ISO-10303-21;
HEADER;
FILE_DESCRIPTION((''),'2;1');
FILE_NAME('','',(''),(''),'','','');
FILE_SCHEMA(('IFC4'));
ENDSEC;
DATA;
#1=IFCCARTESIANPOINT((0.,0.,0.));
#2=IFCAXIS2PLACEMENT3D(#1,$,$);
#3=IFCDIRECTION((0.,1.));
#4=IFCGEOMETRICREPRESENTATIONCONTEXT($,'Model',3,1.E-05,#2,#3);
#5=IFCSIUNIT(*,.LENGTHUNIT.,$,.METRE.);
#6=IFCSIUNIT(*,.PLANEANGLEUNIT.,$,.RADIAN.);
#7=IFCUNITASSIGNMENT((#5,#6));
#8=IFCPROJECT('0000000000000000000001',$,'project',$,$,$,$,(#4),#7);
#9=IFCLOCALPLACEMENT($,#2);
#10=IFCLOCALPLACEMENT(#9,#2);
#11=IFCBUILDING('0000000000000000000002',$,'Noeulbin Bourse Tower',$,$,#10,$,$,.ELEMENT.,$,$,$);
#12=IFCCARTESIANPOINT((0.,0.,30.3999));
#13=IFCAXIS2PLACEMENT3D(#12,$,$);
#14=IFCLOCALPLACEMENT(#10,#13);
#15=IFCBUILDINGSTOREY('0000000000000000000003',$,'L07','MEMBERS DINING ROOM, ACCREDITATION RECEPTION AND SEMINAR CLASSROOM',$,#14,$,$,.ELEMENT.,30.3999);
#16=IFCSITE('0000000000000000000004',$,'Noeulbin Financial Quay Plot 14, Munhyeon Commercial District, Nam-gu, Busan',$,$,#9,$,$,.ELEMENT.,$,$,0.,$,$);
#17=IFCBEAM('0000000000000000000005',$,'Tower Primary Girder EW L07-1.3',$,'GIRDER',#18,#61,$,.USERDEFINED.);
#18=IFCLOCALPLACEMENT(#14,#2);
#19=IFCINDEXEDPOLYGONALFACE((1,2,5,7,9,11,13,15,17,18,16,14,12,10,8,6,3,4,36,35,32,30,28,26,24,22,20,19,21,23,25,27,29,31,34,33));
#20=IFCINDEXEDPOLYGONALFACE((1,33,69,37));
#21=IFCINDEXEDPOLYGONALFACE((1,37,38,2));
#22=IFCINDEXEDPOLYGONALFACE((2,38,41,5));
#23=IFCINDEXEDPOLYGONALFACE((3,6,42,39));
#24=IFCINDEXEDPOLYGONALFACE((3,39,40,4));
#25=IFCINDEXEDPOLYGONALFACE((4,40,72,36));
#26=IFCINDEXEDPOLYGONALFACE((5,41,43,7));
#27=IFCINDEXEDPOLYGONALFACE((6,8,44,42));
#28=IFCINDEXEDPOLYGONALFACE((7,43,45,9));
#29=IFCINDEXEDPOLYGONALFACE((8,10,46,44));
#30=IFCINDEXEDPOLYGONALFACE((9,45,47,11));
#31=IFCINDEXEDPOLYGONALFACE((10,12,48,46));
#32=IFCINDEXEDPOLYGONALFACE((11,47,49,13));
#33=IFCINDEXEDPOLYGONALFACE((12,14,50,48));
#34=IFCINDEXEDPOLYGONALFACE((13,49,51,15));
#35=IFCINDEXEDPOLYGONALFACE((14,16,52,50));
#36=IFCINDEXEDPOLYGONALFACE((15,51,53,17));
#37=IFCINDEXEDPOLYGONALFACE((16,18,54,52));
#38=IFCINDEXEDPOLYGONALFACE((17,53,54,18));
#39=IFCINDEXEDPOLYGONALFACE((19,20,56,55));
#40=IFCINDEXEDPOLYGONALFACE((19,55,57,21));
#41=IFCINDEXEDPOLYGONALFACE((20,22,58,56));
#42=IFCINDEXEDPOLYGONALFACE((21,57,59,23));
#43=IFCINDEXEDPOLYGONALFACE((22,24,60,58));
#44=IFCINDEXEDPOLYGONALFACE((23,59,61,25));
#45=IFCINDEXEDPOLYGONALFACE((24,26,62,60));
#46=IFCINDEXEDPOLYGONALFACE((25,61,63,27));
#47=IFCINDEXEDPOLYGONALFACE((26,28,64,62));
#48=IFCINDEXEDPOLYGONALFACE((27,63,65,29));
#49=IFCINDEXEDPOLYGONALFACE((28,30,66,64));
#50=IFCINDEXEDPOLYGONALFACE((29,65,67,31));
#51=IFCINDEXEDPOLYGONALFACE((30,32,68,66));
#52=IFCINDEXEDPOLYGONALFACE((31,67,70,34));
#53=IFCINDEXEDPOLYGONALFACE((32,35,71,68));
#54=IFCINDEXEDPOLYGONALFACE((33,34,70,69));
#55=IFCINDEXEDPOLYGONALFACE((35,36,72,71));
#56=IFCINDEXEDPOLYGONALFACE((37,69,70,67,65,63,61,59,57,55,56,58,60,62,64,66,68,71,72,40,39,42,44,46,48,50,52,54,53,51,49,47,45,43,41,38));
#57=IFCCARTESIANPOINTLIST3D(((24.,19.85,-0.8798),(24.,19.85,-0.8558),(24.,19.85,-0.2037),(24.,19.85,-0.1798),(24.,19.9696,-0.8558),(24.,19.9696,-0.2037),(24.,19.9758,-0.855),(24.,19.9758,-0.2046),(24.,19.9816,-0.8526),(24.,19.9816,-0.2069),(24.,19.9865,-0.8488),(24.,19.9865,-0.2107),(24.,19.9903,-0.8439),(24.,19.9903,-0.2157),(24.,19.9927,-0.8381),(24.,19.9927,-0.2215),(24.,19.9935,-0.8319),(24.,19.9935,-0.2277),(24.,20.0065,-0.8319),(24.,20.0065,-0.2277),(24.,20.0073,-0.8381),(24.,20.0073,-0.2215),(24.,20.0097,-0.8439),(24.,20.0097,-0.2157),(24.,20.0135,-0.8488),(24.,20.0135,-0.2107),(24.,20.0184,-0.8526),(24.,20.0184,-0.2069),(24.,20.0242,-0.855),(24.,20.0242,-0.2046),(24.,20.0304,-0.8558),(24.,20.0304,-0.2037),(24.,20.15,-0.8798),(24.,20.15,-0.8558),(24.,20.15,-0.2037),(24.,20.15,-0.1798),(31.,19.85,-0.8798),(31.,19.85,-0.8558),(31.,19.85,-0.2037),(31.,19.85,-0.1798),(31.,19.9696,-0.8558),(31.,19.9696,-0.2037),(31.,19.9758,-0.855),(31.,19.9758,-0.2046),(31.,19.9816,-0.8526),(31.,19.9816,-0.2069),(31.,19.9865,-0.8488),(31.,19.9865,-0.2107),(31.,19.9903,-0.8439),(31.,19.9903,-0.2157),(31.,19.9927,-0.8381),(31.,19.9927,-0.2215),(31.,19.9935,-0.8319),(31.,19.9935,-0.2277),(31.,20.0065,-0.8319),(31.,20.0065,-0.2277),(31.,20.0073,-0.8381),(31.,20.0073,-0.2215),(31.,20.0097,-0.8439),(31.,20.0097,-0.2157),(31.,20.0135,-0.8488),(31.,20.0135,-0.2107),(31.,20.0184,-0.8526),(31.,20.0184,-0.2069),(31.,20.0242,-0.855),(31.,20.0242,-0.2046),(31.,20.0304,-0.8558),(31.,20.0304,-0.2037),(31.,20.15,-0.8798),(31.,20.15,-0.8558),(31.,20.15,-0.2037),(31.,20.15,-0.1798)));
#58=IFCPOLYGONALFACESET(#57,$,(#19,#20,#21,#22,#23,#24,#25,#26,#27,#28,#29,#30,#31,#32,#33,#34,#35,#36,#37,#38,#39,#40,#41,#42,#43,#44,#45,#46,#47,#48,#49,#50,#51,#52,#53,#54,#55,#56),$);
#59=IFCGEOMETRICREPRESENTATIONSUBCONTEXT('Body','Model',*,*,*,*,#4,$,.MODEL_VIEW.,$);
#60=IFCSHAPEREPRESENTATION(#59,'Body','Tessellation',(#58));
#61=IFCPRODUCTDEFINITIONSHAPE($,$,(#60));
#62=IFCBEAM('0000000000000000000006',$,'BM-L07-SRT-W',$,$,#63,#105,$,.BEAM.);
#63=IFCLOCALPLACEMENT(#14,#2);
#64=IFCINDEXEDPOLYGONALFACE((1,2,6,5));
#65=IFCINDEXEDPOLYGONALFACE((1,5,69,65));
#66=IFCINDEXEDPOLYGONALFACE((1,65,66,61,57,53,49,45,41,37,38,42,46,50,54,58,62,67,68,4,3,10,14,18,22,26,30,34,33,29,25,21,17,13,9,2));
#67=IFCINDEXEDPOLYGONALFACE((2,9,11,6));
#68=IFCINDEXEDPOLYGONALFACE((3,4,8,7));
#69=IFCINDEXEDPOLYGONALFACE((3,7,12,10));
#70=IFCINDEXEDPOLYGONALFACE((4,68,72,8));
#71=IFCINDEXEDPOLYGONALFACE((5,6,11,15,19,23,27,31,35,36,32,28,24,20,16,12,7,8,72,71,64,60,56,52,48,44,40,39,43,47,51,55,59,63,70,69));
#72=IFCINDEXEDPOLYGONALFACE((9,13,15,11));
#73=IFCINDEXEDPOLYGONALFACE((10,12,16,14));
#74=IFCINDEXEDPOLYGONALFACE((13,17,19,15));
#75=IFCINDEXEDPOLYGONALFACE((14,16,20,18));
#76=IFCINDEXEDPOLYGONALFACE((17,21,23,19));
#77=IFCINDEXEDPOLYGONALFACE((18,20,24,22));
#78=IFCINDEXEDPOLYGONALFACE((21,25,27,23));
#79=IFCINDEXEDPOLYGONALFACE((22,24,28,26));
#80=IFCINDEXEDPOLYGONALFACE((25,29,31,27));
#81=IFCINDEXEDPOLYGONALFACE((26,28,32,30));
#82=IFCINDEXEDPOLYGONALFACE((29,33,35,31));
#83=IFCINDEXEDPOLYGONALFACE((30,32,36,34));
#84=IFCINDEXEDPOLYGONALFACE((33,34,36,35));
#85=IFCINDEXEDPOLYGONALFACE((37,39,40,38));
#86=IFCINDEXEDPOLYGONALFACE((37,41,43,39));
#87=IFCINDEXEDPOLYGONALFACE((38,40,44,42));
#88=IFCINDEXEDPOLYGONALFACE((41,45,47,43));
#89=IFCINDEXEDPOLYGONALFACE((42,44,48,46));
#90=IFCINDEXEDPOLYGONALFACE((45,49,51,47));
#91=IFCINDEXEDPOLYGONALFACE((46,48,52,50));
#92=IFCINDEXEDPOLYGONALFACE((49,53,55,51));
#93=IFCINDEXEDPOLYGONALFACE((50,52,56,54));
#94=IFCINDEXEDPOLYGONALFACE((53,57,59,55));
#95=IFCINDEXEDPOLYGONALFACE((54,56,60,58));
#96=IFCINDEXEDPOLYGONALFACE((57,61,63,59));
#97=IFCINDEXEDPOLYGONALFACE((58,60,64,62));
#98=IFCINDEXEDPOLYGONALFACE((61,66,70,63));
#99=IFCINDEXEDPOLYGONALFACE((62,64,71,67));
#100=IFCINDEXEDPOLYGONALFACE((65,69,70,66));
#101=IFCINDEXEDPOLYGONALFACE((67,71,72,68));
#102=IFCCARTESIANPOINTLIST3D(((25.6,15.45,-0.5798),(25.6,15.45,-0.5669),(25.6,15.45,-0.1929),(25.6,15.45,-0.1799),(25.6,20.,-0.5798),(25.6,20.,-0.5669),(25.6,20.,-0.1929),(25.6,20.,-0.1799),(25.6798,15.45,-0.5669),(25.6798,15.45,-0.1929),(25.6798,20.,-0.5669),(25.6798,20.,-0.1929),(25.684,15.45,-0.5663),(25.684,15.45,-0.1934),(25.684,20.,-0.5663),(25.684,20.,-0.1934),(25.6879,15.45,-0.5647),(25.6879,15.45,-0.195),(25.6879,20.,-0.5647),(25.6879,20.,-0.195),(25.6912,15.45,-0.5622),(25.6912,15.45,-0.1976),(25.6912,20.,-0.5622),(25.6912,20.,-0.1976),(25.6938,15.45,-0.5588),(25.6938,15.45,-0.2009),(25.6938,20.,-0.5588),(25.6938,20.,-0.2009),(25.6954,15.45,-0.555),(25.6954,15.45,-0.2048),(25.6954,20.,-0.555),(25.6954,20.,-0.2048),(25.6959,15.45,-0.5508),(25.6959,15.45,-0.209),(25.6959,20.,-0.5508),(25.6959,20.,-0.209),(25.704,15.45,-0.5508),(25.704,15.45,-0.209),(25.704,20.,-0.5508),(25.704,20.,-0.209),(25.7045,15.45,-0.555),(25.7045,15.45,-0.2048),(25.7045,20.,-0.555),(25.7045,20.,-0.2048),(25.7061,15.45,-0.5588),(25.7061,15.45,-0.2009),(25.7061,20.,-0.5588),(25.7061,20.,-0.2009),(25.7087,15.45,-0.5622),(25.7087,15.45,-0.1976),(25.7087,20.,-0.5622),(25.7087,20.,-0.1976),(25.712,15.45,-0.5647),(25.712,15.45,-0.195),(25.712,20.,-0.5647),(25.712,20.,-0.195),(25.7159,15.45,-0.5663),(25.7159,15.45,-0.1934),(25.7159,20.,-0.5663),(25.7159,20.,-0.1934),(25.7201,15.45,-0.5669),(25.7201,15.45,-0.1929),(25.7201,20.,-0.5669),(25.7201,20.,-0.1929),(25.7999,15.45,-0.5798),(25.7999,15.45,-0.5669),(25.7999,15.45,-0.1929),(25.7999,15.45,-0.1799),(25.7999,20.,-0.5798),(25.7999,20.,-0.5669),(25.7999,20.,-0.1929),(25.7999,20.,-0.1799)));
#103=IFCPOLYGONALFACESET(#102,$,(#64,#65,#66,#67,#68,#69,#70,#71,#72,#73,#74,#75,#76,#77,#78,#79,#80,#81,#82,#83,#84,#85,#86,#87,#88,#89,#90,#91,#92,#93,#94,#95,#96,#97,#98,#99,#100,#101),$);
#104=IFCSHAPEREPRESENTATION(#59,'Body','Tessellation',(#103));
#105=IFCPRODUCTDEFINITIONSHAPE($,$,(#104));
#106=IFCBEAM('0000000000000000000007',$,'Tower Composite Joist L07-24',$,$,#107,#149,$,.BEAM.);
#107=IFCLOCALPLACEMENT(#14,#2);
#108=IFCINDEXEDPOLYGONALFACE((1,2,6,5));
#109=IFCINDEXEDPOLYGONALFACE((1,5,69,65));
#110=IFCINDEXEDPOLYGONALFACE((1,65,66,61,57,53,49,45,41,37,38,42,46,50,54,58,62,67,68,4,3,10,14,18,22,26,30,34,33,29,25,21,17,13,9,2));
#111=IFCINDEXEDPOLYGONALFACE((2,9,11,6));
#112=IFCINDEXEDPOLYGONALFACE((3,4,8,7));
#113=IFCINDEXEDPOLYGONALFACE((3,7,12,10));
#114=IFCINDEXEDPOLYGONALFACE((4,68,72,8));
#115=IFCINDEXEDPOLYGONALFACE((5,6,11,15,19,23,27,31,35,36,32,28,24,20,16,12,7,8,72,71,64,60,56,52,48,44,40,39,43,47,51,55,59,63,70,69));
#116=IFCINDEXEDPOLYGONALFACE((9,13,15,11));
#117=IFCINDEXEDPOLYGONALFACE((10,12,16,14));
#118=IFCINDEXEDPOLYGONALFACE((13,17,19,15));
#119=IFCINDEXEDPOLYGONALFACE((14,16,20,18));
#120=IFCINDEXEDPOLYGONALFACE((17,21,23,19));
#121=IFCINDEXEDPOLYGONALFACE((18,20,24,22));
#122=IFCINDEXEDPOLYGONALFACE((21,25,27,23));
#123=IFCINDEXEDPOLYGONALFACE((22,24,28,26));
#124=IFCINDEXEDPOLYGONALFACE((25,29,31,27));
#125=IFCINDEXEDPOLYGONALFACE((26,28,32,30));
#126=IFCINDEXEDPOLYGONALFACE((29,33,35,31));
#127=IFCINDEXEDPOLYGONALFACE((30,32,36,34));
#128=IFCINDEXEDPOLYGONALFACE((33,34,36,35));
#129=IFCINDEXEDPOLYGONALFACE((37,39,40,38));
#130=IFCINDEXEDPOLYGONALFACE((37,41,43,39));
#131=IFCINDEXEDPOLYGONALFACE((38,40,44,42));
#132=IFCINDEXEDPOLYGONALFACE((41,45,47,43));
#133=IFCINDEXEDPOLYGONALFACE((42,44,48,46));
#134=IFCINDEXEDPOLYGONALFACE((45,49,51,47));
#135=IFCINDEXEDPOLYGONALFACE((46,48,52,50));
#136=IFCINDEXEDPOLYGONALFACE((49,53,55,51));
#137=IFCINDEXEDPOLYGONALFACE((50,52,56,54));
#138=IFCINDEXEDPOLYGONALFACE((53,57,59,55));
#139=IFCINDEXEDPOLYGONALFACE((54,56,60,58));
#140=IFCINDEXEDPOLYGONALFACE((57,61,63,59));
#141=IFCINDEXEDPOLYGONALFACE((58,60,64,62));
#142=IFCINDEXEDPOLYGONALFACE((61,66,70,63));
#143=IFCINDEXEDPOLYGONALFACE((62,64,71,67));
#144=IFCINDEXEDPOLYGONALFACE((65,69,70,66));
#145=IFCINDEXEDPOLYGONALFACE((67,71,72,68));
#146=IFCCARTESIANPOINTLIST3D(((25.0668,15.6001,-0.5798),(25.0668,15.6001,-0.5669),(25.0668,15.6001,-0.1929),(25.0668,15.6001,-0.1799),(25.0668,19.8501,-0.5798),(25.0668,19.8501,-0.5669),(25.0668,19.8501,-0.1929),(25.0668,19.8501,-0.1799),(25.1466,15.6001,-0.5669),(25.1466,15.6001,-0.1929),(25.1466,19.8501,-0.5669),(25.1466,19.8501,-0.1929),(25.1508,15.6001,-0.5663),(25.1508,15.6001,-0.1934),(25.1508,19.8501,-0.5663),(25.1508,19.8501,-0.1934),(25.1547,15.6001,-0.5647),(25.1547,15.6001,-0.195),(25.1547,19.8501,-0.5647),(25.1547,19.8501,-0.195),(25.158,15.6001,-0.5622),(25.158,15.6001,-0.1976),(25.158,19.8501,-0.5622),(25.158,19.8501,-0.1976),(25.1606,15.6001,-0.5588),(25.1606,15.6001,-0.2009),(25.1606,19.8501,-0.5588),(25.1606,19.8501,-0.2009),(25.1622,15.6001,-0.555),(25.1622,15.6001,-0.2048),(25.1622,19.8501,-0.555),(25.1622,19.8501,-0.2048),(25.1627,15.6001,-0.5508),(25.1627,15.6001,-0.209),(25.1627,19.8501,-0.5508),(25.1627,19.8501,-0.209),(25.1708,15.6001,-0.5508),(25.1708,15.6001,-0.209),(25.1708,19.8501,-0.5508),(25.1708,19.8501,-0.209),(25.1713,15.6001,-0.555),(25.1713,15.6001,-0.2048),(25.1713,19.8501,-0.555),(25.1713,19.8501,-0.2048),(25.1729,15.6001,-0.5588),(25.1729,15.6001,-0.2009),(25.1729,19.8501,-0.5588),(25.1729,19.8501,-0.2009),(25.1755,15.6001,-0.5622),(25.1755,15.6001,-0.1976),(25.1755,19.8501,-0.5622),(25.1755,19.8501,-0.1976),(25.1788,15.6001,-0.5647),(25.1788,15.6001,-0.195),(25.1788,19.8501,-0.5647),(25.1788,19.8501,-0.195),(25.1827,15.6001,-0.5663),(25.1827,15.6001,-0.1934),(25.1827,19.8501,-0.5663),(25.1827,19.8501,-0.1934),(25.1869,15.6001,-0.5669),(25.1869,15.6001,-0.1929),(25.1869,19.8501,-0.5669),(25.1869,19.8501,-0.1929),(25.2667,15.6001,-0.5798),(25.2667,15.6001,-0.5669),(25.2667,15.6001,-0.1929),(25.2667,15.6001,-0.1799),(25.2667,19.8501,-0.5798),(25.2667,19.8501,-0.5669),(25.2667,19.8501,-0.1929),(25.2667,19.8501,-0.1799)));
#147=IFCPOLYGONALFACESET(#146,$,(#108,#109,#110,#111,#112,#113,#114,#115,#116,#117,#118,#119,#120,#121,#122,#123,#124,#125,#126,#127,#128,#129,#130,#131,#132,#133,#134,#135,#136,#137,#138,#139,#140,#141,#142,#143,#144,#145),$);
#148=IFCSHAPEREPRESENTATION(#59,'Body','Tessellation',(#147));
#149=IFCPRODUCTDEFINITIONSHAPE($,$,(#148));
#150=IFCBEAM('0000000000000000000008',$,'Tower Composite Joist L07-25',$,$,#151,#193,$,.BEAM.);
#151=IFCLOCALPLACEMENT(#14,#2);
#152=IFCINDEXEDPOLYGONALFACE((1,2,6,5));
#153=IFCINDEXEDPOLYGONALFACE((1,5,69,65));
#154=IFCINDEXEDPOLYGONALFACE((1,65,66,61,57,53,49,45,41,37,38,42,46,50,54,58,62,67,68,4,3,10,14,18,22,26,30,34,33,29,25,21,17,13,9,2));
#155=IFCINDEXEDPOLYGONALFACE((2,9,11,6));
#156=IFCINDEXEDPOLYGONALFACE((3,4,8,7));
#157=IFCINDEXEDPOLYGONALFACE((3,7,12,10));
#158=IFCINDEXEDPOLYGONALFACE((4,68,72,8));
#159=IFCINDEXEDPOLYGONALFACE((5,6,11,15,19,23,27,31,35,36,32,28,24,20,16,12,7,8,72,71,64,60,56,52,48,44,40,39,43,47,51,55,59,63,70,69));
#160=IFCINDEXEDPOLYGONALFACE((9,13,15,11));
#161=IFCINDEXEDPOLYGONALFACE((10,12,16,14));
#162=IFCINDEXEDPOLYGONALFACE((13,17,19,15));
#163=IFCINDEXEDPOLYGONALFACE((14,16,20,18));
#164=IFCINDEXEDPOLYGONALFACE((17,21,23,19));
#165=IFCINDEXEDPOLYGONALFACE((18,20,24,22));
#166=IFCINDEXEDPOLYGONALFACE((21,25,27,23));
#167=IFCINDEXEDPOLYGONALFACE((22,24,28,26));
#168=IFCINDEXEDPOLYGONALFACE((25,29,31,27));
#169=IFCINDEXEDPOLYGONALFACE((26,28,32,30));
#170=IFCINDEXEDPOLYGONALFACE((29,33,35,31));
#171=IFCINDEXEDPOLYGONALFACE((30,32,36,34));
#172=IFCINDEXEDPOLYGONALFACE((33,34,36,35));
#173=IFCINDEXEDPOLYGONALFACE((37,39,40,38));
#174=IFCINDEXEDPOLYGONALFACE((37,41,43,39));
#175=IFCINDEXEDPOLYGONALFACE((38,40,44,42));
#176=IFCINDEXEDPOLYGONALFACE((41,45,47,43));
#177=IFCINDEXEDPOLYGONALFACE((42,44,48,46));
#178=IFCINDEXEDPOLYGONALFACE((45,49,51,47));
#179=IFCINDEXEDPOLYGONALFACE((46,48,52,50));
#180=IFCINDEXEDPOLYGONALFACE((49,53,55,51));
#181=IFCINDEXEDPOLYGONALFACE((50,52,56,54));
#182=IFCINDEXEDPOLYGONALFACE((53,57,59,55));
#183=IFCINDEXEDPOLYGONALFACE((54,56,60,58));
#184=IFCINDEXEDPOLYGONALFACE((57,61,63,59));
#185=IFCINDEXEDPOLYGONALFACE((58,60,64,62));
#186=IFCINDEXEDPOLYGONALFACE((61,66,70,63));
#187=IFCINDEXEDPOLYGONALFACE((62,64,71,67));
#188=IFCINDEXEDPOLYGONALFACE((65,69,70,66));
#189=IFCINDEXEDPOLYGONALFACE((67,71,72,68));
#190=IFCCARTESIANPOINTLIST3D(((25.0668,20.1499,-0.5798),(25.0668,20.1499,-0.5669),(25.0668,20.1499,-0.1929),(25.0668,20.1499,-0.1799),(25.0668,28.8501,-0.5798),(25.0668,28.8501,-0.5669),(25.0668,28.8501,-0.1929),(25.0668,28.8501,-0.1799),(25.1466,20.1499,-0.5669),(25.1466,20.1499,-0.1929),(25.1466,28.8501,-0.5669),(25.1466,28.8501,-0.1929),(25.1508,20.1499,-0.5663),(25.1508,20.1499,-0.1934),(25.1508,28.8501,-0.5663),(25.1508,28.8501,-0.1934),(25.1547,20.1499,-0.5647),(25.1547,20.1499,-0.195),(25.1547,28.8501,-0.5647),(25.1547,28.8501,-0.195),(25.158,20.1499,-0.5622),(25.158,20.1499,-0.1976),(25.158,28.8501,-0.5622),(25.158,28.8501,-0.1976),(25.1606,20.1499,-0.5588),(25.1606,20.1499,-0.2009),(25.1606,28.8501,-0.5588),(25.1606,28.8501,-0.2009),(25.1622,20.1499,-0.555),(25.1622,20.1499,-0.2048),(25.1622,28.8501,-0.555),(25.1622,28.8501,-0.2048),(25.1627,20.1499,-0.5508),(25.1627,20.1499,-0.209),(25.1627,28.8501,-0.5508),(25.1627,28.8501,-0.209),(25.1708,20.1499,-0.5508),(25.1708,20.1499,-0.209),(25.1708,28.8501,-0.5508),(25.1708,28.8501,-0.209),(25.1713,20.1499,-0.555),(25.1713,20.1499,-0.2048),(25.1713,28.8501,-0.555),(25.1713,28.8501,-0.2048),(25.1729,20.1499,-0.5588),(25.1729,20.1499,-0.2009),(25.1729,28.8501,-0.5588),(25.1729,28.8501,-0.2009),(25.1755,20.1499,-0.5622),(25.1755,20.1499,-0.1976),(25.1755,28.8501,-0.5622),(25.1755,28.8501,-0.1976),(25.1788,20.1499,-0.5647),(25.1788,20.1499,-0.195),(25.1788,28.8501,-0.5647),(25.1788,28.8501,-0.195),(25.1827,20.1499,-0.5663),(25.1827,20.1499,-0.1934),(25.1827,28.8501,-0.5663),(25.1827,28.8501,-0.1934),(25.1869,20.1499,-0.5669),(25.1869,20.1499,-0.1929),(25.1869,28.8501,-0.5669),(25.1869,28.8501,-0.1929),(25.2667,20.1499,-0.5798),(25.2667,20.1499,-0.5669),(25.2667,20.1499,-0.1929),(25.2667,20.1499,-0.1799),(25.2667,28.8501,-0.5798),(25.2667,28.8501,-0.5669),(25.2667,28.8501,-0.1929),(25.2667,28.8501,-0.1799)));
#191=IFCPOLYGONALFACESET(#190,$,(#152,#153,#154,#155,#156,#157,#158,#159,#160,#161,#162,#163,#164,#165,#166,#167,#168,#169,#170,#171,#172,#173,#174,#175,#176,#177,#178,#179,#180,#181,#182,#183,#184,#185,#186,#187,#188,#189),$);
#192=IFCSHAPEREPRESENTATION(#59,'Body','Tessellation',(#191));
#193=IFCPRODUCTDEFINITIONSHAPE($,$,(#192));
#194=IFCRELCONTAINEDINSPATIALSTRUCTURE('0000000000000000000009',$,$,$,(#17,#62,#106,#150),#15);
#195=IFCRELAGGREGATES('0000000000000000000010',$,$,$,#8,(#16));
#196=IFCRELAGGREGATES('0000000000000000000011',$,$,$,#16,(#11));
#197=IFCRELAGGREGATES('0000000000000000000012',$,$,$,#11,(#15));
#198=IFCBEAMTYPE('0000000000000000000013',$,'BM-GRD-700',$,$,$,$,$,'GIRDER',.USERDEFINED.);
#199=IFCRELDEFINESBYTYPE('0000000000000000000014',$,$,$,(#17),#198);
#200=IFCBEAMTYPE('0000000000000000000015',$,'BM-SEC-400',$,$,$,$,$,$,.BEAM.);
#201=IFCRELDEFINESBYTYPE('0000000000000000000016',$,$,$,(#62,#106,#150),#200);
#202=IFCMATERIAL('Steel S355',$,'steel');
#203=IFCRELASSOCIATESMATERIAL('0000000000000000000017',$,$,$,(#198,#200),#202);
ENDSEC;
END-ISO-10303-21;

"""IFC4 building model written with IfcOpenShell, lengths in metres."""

from ifc_helpers import new_model, si_unit, direction, frame, origin, origin_2d, place, context, subcontext, project, spatial, i_section, extrude, material, material_profile, profile_set, type_object, element, save


model = new_model("IFC4")

# Units and contexts
model_context = context("Model", 3, precision=1e-05, world=origin(), true_north=direction((0.0, 1.0)))
body_context = subcontext(model_context, "Body", "Model", "MODEL_VIEW")
ifc_project = project(units=[si_unit("LENGTHUNIT", "METRE"), si_unit("PLANEANGLEUNIT", "RADIAN")], contexts=[model_context])

# Site, building, storey
site_placement = place(None, origin())
site = spatial("IfcSite", under=ifc_project, at=site_placement, Name="Noeulbin Financial Quay Plot 14, Munhyeon Commercial District, Nam-gu, Busan", CompositionType="ELEMENT", RefElevation=0.0)
building_placement = place(site_placement, origin())
building = spatial("IfcBuilding", under=site, at=building_placement, Name="Noeulbin Bourse Tower", CompositionType="ELEMENT")
storey_placement = place(building_placement, frame((0.0, 0.0, 30.3999)))
storey = spatial("IfcBuildingStorey", under=building, at=storey_placement, Name="L07", Description="MEMBERS DINING ROOM, ACCREDITATION RECEPTION AND SEMINAR CLASSROOM", CompositionType="ELEMENT", Elevation=30.3999)

# Beams
ifc_material_1 = material(Name="Steel S355", Category="steel")
ifc_material_profile_1 = material_profile(ifc_material_1, i_section(OverallWidth=0.3, OverallDepth=0.7, WebThickness=0.0129, FlangeThickness=0.0239, FilletRadius=0.0239, at=origin_2d()), Name="H-700x300x13x24", Category="LoadBearing")
ifc_profile_set_1 = profile_set([ifc_material_profile_1], Name="Steel S355")
beam_type_1 = type_object("IfcBeamType", Name="BM-GRD-700", ElementType="GIRDER", PredefinedType="USERDEFINED", material=ifc_profile_set_1)
beam_1_placement = place(storey_placement, frame((24.0, 20.0, -0.5298), z_axis=(1.0, 0.0, 0.0), x_axis=(0.0, 1.0, 0.0)))
element("IfcBeam", 1, at=beam_1_placement, inside=storey, type_object=beam_type_1, Name="Tower Primary Girder EW L07-1.3", ObjectType="GIRDER", PredefinedType="USERDEFINED", context=body_context, shape_type="SweptSolid", body=[
    extrude(i_section(OverallWidth=0.3, OverallDepth=0.7, WebThickness=0.0129, FlangeThickness=0.0239, FilletRadius=0.0239, at=origin_2d()), origin(), (0.0, 0.0, 1.0), 7.0),
])
ifc_material_profile_2 = material_profile(ifc_material_1, i_section(OverallWidth=0.2, OverallDepth=0.3999, WebThickness=0.0081, FlangeThickness=0.0129, FilletRadius=0.0161, at=origin_2d()), Name="H-400x200x8x13", Category="LoadBearing")
ifc_profile_set_2 = profile_set([ifc_material_profile_2], Name="Steel S355")
beam_type_2 = type_object("IfcBeamType", Name="BM-SEC-400", PredefinedType="BEAM", material=ifc_profile_set_2)
beam_2_placement = place(storey_placement, frame((25.7, 15.45, -0.3799), z_axis=(0.0, 1.0, 0.0), x_axis=(-1.0, 0.0, 0.0)))
element("IfcBeam", 2, at=beam_2_placement, inside=storey, type_object=beam_type_2, Name="BM-L07-SRT-W", PredefinedType="BEAM", context=body_context, shape_type="SweptSolid", body=[
    extrude(i_section(OverallWidth=0.2, OverallDepth=0.3999, WebThickness=0.0081, FlangeThickness=0.0129, FilletRadius=0.0161, at=origin_2d()), origin(), (0.0, 0.0, 1.0), 4.55),
])
beam_3_placement = place(storey_placement, frame((25.1667, 15.6001, -0.3799), z_axis=(0.0, 1.0, 0.0), x_axis=(-1.0, 0.0, 0.0)))
element("IfcBeam", 3, at=beam_3_placement, inside=storey, type_object=beam_type_2, Name="Tower Composite Joist L07-24", PredefinedType="BEAM", context=body_context, shape_type="SweptSolid", body=[
    extrude(i_section(OverallWidth=0.2, OverallDepth=0.3999, WebThickness=0.0081, FlangeThickness=0.0129, FilletRadius=0.0161, at=origin_2d()), origin(), (0.0, 0.0, 1.0), 4.25),
])
beam_4_placement = place(storey_placement, frame((25.1667, 20.1499, -0.3799), z_axis=(0.0, 1.0, 0.0), x_axis=(-1.0, 0.0, 0.0)))
element("IfcBeam", 4, at=beam_4_placement, inside=storey, type_object=beam_type_2, Name="Tower Composite Joist L07-25", PredefinedType="BEAM", context=body_context, shape_type="SweptSolid", body=[
    extrude(i_section(OverallWidth=0.2, OverallDepth=0.3999, WebThickness=0.0081, FlangeThickness=0.0129, FilletRadius=0.0161, at=origin_2d()), origin(), (0.0, 0.0, 1.0), 8.7002),
])

save(model, "model.ifc")
